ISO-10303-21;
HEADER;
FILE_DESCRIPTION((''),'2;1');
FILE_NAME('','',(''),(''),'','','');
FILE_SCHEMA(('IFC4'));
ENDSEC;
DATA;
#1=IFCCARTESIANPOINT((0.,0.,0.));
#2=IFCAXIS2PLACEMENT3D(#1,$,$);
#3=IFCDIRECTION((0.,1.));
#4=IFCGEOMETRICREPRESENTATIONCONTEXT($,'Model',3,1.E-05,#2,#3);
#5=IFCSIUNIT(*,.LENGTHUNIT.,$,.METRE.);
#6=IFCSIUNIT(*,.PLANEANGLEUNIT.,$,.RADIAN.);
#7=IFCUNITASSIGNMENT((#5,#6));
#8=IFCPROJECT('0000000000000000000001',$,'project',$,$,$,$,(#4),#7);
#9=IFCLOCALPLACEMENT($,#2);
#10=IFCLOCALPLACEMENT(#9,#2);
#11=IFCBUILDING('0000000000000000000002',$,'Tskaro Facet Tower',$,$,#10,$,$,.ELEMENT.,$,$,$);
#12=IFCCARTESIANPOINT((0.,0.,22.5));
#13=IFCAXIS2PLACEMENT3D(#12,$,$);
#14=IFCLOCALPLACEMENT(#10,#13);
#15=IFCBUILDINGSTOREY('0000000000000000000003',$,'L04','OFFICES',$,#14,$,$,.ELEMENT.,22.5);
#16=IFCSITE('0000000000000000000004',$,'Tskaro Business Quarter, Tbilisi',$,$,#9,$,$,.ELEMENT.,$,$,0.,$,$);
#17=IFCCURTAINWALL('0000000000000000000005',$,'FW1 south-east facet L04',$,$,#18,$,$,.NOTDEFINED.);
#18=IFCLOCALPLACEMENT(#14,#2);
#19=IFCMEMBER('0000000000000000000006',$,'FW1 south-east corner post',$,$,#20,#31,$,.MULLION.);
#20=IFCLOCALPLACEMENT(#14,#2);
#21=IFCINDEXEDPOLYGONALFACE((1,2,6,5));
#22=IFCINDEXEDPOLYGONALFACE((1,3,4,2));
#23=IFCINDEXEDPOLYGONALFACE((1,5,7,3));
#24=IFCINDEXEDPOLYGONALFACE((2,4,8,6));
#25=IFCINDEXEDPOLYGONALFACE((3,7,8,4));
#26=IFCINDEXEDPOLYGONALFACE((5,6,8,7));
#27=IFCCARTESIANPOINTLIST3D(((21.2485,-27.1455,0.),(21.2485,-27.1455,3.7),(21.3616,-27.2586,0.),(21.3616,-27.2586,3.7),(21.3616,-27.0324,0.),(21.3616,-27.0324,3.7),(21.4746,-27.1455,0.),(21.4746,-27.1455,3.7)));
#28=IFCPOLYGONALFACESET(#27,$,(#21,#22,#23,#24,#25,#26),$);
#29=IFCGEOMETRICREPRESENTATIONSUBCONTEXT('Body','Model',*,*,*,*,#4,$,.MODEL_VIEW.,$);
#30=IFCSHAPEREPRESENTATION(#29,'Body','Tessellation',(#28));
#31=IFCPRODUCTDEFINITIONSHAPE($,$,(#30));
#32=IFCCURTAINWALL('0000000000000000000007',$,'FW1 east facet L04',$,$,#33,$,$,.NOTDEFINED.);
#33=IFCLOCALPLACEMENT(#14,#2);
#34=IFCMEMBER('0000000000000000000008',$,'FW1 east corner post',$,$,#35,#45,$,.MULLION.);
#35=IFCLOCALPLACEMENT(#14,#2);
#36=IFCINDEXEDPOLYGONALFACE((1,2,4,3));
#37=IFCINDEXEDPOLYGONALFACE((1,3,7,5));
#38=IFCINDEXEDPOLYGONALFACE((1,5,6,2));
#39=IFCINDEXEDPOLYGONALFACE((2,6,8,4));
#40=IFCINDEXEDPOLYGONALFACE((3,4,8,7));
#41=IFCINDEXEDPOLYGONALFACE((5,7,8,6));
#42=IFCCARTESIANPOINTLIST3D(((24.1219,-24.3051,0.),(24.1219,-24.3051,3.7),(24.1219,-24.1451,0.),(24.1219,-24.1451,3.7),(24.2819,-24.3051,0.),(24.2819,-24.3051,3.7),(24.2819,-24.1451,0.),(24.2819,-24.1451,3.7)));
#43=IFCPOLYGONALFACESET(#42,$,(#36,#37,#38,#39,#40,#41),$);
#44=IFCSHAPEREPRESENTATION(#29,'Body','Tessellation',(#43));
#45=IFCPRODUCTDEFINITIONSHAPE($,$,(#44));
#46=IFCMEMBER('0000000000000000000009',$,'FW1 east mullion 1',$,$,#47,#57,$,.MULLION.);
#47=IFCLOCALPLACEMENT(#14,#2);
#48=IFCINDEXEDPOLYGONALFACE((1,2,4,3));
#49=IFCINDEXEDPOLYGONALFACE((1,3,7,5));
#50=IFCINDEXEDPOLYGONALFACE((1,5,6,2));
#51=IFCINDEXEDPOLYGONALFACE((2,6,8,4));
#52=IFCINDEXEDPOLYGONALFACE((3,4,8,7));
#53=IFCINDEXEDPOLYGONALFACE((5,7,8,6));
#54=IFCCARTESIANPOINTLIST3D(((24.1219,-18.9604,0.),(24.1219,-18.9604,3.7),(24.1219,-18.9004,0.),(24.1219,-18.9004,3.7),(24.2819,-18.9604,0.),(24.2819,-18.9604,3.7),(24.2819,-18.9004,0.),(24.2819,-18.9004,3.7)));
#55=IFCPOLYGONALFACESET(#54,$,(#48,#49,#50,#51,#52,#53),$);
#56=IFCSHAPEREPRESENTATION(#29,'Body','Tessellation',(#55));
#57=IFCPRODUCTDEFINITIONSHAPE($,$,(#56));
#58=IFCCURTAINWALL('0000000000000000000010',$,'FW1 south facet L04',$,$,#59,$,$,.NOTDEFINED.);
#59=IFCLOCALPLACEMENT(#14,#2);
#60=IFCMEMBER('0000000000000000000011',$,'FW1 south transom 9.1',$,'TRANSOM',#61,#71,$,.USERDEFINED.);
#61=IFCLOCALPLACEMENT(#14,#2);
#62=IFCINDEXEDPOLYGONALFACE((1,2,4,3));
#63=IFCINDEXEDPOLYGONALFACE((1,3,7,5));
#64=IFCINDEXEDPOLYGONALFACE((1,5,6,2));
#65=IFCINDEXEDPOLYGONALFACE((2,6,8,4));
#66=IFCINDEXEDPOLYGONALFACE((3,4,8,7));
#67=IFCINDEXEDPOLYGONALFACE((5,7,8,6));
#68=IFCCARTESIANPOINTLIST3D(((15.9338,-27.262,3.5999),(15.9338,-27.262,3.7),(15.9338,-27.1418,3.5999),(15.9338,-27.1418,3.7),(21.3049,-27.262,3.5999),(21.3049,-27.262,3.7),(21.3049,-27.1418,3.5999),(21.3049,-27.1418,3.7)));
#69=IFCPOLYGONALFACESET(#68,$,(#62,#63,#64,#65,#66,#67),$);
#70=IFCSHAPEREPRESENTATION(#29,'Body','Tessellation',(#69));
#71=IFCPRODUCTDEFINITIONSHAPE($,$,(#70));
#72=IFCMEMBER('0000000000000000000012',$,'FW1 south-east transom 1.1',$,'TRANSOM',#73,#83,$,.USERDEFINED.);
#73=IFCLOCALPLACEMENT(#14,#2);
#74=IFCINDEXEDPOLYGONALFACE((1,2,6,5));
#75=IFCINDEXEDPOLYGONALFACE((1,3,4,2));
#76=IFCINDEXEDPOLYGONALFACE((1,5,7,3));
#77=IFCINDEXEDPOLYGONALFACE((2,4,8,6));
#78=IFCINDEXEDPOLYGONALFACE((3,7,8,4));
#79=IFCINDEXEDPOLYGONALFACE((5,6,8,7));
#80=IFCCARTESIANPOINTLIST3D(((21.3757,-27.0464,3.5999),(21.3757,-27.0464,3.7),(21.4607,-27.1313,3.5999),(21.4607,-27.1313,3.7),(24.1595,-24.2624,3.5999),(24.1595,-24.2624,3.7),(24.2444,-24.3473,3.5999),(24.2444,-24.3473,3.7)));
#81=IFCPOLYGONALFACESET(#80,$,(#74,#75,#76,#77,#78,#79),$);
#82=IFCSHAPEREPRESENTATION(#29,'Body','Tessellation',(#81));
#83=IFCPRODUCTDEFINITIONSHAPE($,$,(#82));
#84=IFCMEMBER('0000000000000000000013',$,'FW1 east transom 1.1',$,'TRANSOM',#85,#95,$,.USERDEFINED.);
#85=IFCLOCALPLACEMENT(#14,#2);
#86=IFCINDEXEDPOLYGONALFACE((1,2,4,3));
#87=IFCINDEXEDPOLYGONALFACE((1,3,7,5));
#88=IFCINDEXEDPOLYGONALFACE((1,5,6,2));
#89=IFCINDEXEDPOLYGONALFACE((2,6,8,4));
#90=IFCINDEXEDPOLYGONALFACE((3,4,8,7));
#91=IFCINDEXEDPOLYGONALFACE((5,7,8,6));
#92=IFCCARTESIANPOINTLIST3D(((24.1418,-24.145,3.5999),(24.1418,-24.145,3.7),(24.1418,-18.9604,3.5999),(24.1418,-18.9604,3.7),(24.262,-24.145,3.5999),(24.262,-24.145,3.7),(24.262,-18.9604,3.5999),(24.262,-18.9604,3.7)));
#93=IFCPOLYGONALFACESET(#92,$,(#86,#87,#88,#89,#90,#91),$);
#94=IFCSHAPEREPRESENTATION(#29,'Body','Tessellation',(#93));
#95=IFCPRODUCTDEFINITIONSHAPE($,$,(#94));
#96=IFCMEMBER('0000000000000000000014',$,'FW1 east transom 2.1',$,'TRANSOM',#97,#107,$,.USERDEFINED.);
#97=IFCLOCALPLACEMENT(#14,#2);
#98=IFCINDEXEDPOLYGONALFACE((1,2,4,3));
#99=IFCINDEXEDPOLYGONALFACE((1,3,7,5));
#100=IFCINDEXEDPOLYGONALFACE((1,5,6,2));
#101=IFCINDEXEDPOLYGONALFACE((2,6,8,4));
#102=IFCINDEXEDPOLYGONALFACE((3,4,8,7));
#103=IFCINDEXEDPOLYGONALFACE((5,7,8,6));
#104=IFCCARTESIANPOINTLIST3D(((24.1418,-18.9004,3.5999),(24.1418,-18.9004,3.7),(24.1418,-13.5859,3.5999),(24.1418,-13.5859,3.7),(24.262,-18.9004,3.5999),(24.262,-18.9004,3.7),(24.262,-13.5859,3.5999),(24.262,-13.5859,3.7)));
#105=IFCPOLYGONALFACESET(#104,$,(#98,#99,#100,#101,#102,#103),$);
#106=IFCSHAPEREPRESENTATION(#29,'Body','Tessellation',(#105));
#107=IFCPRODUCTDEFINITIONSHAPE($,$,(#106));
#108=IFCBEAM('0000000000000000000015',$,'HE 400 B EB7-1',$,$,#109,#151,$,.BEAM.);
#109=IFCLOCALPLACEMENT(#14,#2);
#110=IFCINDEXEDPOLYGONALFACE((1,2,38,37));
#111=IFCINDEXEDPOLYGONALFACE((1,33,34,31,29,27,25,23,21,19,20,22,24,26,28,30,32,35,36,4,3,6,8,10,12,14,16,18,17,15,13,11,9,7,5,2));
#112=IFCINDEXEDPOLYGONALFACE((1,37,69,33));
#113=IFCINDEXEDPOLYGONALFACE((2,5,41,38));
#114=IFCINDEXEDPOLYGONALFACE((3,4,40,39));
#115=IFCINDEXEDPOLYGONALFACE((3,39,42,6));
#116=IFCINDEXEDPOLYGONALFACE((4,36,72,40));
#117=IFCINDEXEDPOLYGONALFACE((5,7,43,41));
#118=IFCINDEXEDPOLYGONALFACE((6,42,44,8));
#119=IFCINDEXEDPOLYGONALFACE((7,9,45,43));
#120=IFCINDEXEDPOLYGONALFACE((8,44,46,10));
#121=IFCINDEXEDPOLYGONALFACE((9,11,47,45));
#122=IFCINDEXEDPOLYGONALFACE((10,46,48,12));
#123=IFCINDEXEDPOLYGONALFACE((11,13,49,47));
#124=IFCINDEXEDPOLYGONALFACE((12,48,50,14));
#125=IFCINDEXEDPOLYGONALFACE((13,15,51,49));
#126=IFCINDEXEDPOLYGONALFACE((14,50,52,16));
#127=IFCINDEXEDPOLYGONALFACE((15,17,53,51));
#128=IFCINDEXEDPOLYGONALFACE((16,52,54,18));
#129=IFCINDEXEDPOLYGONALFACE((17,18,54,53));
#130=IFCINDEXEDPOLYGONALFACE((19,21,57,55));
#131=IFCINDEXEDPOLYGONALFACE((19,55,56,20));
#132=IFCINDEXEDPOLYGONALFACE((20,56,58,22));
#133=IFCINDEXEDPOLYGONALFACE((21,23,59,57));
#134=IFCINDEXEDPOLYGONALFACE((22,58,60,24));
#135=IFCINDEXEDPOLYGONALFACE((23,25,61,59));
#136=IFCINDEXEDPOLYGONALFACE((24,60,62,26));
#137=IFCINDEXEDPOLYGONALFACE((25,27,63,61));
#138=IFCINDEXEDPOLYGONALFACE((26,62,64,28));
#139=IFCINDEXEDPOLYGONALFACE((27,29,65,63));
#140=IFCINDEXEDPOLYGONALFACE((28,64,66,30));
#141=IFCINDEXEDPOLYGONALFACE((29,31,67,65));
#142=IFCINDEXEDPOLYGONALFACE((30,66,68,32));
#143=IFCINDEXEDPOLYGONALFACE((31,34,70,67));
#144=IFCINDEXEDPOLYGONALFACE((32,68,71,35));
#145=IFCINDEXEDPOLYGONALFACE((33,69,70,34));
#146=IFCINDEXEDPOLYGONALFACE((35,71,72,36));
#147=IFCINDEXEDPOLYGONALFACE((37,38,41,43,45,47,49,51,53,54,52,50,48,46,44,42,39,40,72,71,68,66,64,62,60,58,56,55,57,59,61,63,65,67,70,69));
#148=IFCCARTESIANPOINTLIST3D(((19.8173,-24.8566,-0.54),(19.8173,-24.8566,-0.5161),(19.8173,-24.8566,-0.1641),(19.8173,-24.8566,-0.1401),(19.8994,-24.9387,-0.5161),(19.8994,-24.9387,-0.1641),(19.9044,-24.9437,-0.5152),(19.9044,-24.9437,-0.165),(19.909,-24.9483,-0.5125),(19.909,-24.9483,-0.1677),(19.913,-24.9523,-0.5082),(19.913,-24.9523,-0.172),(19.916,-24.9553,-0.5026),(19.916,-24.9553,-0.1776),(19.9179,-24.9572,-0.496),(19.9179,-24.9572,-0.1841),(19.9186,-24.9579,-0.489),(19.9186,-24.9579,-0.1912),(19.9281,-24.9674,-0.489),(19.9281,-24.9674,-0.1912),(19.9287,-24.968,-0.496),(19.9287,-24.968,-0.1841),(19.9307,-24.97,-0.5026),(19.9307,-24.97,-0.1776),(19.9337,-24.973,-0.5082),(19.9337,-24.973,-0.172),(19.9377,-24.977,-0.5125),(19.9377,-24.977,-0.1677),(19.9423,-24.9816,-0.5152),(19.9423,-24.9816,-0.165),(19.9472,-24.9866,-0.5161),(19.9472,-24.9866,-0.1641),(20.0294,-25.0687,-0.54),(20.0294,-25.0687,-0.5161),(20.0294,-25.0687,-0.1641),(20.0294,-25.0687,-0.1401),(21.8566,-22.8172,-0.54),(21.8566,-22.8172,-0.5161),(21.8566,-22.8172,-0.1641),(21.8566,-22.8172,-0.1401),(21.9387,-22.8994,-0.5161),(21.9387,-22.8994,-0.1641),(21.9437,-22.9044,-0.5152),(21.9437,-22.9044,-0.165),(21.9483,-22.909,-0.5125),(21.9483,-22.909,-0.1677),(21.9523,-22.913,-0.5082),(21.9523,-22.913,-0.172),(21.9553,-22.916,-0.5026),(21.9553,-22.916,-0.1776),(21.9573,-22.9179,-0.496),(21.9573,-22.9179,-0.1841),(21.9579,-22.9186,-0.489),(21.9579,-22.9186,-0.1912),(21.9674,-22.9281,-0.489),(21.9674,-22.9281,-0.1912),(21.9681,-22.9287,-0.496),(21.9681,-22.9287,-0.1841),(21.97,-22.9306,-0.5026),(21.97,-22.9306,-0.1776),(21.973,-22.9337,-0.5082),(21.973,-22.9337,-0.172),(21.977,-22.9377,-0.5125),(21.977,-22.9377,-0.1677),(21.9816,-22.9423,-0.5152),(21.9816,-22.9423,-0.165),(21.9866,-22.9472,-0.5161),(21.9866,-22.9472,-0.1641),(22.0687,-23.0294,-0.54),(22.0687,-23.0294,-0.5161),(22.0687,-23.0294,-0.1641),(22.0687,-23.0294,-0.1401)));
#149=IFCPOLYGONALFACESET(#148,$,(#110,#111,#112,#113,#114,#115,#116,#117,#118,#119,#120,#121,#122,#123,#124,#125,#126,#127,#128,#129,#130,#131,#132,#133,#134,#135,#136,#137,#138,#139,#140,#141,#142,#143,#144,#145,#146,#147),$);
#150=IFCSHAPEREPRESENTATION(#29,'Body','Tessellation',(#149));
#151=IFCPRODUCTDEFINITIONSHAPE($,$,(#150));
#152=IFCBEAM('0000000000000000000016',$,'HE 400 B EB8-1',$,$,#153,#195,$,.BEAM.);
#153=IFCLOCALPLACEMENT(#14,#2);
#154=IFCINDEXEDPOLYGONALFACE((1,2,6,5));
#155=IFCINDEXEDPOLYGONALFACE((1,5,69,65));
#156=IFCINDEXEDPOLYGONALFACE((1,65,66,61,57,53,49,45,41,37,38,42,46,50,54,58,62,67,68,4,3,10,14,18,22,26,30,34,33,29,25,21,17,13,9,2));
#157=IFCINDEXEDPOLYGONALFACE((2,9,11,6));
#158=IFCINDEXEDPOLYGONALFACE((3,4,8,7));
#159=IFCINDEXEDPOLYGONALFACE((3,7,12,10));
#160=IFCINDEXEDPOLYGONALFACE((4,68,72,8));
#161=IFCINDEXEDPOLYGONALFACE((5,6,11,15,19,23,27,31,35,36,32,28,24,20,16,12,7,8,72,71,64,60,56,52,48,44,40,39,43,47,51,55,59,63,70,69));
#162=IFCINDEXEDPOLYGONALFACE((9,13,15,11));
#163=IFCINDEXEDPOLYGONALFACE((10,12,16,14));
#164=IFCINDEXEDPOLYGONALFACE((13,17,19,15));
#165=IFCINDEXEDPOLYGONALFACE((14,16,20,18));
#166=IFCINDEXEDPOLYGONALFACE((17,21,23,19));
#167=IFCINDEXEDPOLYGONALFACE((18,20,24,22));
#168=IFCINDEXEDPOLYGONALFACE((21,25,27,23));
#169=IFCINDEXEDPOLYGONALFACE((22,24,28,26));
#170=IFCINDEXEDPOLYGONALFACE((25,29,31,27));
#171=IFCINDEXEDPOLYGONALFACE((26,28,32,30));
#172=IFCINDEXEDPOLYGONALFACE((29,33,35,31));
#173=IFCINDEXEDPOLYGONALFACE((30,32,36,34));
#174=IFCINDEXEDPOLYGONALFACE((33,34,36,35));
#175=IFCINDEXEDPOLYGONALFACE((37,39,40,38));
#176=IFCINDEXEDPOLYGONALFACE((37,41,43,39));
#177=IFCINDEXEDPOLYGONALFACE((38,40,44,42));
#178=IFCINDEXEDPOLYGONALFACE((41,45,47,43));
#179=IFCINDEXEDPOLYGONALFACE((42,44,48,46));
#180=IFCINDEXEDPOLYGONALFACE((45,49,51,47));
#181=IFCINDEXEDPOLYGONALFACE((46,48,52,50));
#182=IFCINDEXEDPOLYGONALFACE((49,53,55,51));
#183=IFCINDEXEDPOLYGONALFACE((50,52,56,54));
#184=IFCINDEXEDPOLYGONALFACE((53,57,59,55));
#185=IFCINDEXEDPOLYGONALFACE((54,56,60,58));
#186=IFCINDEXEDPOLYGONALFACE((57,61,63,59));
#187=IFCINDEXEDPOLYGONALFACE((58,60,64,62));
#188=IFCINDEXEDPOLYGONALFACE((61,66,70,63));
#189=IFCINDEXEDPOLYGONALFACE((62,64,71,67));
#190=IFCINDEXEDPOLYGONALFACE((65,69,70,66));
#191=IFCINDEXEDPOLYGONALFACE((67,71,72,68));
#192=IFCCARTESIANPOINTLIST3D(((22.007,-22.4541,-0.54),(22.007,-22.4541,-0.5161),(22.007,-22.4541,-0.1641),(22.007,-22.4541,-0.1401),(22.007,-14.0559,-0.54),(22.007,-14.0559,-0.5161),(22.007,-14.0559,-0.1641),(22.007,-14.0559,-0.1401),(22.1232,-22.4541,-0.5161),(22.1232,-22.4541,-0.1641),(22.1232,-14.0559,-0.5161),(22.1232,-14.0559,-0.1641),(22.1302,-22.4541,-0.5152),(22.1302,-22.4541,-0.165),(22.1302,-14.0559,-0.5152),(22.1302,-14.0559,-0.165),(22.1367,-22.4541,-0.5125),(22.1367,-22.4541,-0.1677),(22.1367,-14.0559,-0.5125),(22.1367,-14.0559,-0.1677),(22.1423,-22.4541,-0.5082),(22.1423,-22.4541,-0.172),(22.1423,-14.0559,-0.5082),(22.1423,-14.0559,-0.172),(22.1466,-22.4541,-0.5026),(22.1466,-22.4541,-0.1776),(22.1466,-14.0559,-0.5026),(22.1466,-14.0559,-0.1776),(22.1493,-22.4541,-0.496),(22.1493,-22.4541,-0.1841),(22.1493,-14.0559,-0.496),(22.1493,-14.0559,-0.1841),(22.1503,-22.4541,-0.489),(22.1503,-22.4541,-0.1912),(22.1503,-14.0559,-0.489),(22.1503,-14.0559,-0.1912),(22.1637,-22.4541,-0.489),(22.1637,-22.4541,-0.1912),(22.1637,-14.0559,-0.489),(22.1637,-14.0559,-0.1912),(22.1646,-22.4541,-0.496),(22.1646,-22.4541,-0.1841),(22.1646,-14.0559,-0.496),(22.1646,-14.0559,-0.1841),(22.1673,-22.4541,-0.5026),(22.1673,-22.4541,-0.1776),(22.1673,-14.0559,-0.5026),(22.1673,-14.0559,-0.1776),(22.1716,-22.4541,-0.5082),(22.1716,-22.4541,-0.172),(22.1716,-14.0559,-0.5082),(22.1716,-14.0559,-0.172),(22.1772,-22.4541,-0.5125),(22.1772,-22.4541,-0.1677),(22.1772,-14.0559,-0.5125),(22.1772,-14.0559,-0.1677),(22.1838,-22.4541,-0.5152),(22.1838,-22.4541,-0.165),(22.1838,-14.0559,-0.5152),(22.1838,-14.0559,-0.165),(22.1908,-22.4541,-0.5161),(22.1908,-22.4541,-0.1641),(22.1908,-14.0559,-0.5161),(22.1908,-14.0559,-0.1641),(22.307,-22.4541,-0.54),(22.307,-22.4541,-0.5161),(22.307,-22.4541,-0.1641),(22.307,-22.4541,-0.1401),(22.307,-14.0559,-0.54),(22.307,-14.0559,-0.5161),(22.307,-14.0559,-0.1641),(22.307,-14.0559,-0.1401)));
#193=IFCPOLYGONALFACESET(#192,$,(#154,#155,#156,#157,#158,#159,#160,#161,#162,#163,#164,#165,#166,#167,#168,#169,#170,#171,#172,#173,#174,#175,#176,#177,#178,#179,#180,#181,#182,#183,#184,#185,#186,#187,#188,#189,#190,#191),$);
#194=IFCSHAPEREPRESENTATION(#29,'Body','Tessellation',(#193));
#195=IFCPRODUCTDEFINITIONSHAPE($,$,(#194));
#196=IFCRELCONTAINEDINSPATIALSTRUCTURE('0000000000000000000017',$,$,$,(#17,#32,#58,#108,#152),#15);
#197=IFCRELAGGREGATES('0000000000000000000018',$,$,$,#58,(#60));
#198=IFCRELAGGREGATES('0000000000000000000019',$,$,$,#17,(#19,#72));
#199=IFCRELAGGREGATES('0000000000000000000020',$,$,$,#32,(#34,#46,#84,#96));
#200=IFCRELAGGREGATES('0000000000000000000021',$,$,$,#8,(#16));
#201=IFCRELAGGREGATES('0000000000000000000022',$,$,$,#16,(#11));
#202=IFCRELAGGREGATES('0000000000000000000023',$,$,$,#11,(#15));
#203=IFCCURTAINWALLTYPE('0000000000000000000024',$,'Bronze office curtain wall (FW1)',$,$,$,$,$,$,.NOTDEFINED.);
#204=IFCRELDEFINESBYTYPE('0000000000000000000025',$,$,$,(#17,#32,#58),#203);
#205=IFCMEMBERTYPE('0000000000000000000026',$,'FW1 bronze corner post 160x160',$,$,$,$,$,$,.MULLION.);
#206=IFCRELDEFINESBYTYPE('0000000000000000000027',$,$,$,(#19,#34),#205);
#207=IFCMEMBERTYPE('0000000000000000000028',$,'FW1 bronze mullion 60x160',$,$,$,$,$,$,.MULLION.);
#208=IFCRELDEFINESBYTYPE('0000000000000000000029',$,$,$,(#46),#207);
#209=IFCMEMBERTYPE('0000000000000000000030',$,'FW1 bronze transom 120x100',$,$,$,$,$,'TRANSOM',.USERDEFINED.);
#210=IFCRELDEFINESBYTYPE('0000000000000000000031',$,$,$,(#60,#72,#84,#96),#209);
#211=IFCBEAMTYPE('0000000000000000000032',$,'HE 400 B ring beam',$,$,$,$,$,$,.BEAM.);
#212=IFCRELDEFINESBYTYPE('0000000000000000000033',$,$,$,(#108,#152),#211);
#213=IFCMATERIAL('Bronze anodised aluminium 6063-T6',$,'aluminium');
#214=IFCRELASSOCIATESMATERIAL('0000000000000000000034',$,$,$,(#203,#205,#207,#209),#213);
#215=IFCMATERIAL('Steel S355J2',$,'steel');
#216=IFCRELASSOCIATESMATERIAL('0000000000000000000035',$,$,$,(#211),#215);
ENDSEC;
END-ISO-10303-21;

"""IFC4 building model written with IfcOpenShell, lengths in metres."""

from ifc_helpers import new_model, si_unit, direction, frame, origin, origin_2d, place, context, subcontext, project, spatial, rectangle, i_section, extrude, material, material_profile, profile_set, type_object, element, aggregate, save


model = new_model("IFC4")

# Units and contexts
model_context = context("Model", 3, precision=1e-05, world=origin(), true_north=direction((0.0, 1.0)))
body_context = subcontext(model_context, "Body", "Model", "MODEL_VIEW")
ifc_project = project(units=[si_unit("LENGTHUNIT", "METRE"), si_unit("PLANEANGLEUNIT", "RADIAN")], contexts=[model_context])

# Site, building, storey
site_placement = place(None, origin())
site = spatial("IfcSite", under=ifc_project, at=site_placement, Name="Tskaro Business Quarter, Tbilisi", CompositionType="ELEMENT", RefElevation=0.0)
building_placement = place(site_placement, origin())
building = spatial("IfcBuilding", under=site, at=building_placement, Name="Tskaro Facet Tower", CompositionType="ELEMENT")
storey_placement = place(building_placement, frame((0.0, 0.0, 22.5)))
storey = spatial("IfcBuildingStorey", under=building, at=storey_placement, Name="L04", Description="OFFICES", CompositionType="ELEMENT", Elevation=22.5)

# Curtain wall, member
ifc_material_1 = material(Name="Bronze anodised aluminium 6063-T6", Category="aluminium")
curtain_wall_type = type_object("IfcCurtainWallType", Name="Bronze office curtain wall (FW1)", PredefinedType="NOTDEFINED", material=ifc_material_1)
curtain_wall_1_placement = place(storey_placement, origin())
curtain_wall_1 = element("IfcCurtainWall", 1, at=curtain_wall_1_placement, inside=storey, type_object=curtain_wall_type, Name="FW1 south-east facet L04", PredefinedType="NOTDEFINED")
ifc_material_profile_1 = material_profile(ifc_material_1, rectangle(XDim=0.1599, YDim=0.1599, at=origin_2d()), Name="Corner post 160x160")
ifc_profile_set_1 = profile_set([ifc_material_profile_1], Name="Bronze anodised aluminium 6063-T6")
member_type_1 = type_object("IfcMemberType", Name="FW1 bronze corner post 160x160", PredefinedType="MULLION", material=ifc_profile_set_1)
member_1_placement = place(storey_placement, frame((21.3616, -27.1455, 0.0), z_axis=(0.0, 0.0, 1.0), x_axis=(0.707107, 0.707107, 0.0)))
member_1 = element("IfcMember", 2, at=member_1_placement, type_object=member_type_1, Name="FW1 south-east corner post", PredefinedType="MULLION", context=body_context, shape_type="SweptSolid", body=[
    extrude(rectangle(XDim=0.1599, YDim=0.1599, at=origin_2d()), origin(), (0.0, 0.0, 1.0), 3.7),
])

# Curtain wall, members
curtain_wall_2_placement = place(storey_placement, origin())
curtain_wall_2 = element("IfcCurtainWall", 3, at=curtain_wall_2_placement, inside=storey, type_object=curtain_wall_type, Name="FW1 east facet L04", PredefinedType="NOTDEFINED")
member_2_placement = place(storey_placement, frame((24.2019, -24.2251, 0.0), z_axis=(0.0, 0.0, 1.0), x_axis=(0.0, 1.0, 0.0)))
member_2 = element("IfcMember", 4, at=member_2_placement, type_object=member_type_1, Name="FW1 east corner post", PredefinedType="MULLION", context=body_context, shape_type="SweptSolid", body=[
    extrude(rectangle(XDim=0.1599, YDim=0.1599, at=origin_2d()), origin(), (0.0, 0.0, 1.0), 3.7),
])
ifc_material_profile_2 = material_profile(ifc_material_1, rectangle(XDim=0.0601, YDim=0.1599, at=origin_2d()), Name="Mullion 60x160")
ifc_profile_set_2 = profile_set([ifc_material_profile_2], Name="Bronze anodised aluminium 6063-T6")
member_type_2 = type_object("IfcMemberType", Name="FW1 bronze mullion 60x160", PredefinedType="MULLION", material=ifc_profile_set_2)
member_3_placement = place(storey_placement, frame((24.2019, -18.9304, 0.0), z_axis=(0.0, 0.0, 1.0), x_axis=(0.0, 1.0, 0.0)))
member_3 = element("IfcMember", 5, at=member_3_placement, type_object=member_type_2, Name="FW1 east mullion 1", PredefinedType="MULLION", context=body_context, shape_type="SweptSolid", body=[
    extrude(rectangle(XDim=0.0601, YDim=0.1599, at=origin_2d()), origin(), (0.0, 0.0, 1.0), 3.7),
])

# Curtain wall, member
curtain_wall_3_placement = place(storey_placement, origin())
curtain_wall_3 = element("IfcCurtainWall", 6, at=curtain_wall_3_placement, inside=storey, type_object=curtain_wall_type, Name="FW1 south facet L04", PredefinedType="NOTDEFINED")
ifc_material_profile_3 = material_profile(ifc_material_1, rectangle(XDim=0.1201, YDim=0.1001, at=origin_2d()), Name="Transom 120x100")
ifc_profile_set_3 = profile_set([ifc_material_profile_3], Name="Bronze anodised aluminium 6063-T6")
member_type_3 = type_object("IfcMemberType", Name="FW1 bronze transom 120x100", ElementType="TRANSOM", PredefinedType="USERDEFINED", material=ifc_profile_set_3)
member_4_placement = place(storey_placement, frame((15.9338, -27.2019, 3.6499), z_axis=(1.0, 0.0, 0.0), x_axis=(0.0, 1.0, 0.0)))
member_4 = element("IfcMember", 7, at=member_4_placement, type_object=member_type_3, Name="FW1 south transom 9.1", ObjectType="TRANSOM", PredefinedType="USERDEFINED", context=body_context, shape_type="SweptSolid", body=[
    extrude(rectangle(XDim=0.1201, YDim=0.1001, at=origin_2d()), origin(), (0.0, 0.0, 1.0), 5.3711),
])

# Members
member_5_placement = place(storey_placement, frame((21.4182, -27.0889, 3.6499), z_axis=(0.707076, 0.707138, 0.0), x_axis=(-0.707138, 0.707076, 0.0)))
member_5 = element("IfcMember", 8, at=member_5_placement, type_object=member_type_3, Name="FW1 south-east transom 1.1", ObjectType="TRANSOM", PredefinedType="USERDEFINED", context=body_context, shape_type="SweptSolid", body=[
    extrude(rectangle(XDim=0.1201, YDim=0.1001, at=origin_2d()), origin(), (0.0, 0.0, 1.0), 3.937),
])
member_6_placement = place(storey_placement, frame((24.2019, -24.145, 3.6499), z_axis=(0.0, 1.0, 0.0), x_axis=(-1.0, 0.0, 0.0)))
member_6 = element("IfcMember", 9, at=member_6_placement, type_object=member_type_3, Name="FW1 east transom 1.1", ObjectType="TRANSOM", PredefinedType="USERDEFINED", context=body_context, shape_type="SweptSolid", body=[
    extrude(rectangle(XDim=0.1201, YDim=0.1001, at=origin_2d()), origin(), (0.0, 0.0, 1.0), 5.1846),
])
member_7_placement = place(storey_placement, frame((24.2019, -18.9004, 3.6499), z_axis=(0.0, 1.0, 0.0), x_axis=(-1.0, 0.0, 0.0)))
member_7 = element("IfcMember", 10, at=member_7_placement, type_object=member_type_3, Name="FW1 east transom 2.1", ObjectType="TRANSOM", PredefinedType="USERDEFINED", context=body_context, shape_type="SweptSolid", body=[
    extrude(rectangle(XDim=0.1201, YDim=0.1001, at=origin_2d()), origin(), (0.0, 0.0, 1.0), 5.3145),
])

# Beams
ifc_material_2 = material(Name="Steel S355J2", Category="steel")
ifc_material_profile_4 = material_profile(ifc_material_2, i_section(OverallWidth=0.3, OverallDepth=0.3999, WebThickness=0.0134, FlangeThickness=0.0239, FilletRadius=0.0271, at=origin_2d()), Name="HE 400 B")
ifc_profile_set_4 = profile_set([ifc_material_profile_4], Name="Steel S355J2")
beam_type_1 = type_object("IfcBeamType", Name="HE 400 B ring beam", PredefinedType="BEAM", material=ifc_profile_set_4)
beam_1_placement = place(storey_placement, frame((19.9233, -24.9626, -0.3401), z_axis=(0.707107, 0.707107, 0.0), x_axis=(-0.707107, 0.707107, 0.0)))
element("IfcBeam", 11, at=beam_1_placement, inside=storey, type_object=beam_type_1, Name="HE 400 B EB7-1", PredefinedType="BEAM", context=body_context, shape_type="SweptSolid", body=[
    extrude(i_section(OverallWidth=0.3, OverallDepth=0.3999, WebThickness=0.0134, FlangeThickness=0.0239, FilletRadius=0.0271, at=origin_2d()), origin(), (0.0, 0.0, 1.0), 2.884),
])
beam_2_placement = place(storey_placement, frame((22.157, -22.4541, -0.3401), z_axis=(0.0, 1.0, 0.0), x_axis=(-1.0, 0.0, 0.0)))
element("IfcBeam", 12, at=beam_2_placement, inside=storey, type_object=beam_type_1, Name="HE 400 B EB8-1", PredefinedType="BEAM", context=body_context, shape_type="SweptSolid", body=[
    extrude(i_section(OverallWidth=0.3, OverallDepth=0.3999, WebThickness=0.0134, FlangeThickness=0.0239, FilletRadius=0.0271, at=origin_2d()), origin(), (0.0, 0.0, 1.0), 8.3982),
])

aggregate(curtain_wall_3, [member_4])
aggregate(curtain_wall_1, [member_1, member_5])
aggregate(curtain_wall_2, [member_2, member_3, member_6, member_7])

save(model, "model.ifc")
